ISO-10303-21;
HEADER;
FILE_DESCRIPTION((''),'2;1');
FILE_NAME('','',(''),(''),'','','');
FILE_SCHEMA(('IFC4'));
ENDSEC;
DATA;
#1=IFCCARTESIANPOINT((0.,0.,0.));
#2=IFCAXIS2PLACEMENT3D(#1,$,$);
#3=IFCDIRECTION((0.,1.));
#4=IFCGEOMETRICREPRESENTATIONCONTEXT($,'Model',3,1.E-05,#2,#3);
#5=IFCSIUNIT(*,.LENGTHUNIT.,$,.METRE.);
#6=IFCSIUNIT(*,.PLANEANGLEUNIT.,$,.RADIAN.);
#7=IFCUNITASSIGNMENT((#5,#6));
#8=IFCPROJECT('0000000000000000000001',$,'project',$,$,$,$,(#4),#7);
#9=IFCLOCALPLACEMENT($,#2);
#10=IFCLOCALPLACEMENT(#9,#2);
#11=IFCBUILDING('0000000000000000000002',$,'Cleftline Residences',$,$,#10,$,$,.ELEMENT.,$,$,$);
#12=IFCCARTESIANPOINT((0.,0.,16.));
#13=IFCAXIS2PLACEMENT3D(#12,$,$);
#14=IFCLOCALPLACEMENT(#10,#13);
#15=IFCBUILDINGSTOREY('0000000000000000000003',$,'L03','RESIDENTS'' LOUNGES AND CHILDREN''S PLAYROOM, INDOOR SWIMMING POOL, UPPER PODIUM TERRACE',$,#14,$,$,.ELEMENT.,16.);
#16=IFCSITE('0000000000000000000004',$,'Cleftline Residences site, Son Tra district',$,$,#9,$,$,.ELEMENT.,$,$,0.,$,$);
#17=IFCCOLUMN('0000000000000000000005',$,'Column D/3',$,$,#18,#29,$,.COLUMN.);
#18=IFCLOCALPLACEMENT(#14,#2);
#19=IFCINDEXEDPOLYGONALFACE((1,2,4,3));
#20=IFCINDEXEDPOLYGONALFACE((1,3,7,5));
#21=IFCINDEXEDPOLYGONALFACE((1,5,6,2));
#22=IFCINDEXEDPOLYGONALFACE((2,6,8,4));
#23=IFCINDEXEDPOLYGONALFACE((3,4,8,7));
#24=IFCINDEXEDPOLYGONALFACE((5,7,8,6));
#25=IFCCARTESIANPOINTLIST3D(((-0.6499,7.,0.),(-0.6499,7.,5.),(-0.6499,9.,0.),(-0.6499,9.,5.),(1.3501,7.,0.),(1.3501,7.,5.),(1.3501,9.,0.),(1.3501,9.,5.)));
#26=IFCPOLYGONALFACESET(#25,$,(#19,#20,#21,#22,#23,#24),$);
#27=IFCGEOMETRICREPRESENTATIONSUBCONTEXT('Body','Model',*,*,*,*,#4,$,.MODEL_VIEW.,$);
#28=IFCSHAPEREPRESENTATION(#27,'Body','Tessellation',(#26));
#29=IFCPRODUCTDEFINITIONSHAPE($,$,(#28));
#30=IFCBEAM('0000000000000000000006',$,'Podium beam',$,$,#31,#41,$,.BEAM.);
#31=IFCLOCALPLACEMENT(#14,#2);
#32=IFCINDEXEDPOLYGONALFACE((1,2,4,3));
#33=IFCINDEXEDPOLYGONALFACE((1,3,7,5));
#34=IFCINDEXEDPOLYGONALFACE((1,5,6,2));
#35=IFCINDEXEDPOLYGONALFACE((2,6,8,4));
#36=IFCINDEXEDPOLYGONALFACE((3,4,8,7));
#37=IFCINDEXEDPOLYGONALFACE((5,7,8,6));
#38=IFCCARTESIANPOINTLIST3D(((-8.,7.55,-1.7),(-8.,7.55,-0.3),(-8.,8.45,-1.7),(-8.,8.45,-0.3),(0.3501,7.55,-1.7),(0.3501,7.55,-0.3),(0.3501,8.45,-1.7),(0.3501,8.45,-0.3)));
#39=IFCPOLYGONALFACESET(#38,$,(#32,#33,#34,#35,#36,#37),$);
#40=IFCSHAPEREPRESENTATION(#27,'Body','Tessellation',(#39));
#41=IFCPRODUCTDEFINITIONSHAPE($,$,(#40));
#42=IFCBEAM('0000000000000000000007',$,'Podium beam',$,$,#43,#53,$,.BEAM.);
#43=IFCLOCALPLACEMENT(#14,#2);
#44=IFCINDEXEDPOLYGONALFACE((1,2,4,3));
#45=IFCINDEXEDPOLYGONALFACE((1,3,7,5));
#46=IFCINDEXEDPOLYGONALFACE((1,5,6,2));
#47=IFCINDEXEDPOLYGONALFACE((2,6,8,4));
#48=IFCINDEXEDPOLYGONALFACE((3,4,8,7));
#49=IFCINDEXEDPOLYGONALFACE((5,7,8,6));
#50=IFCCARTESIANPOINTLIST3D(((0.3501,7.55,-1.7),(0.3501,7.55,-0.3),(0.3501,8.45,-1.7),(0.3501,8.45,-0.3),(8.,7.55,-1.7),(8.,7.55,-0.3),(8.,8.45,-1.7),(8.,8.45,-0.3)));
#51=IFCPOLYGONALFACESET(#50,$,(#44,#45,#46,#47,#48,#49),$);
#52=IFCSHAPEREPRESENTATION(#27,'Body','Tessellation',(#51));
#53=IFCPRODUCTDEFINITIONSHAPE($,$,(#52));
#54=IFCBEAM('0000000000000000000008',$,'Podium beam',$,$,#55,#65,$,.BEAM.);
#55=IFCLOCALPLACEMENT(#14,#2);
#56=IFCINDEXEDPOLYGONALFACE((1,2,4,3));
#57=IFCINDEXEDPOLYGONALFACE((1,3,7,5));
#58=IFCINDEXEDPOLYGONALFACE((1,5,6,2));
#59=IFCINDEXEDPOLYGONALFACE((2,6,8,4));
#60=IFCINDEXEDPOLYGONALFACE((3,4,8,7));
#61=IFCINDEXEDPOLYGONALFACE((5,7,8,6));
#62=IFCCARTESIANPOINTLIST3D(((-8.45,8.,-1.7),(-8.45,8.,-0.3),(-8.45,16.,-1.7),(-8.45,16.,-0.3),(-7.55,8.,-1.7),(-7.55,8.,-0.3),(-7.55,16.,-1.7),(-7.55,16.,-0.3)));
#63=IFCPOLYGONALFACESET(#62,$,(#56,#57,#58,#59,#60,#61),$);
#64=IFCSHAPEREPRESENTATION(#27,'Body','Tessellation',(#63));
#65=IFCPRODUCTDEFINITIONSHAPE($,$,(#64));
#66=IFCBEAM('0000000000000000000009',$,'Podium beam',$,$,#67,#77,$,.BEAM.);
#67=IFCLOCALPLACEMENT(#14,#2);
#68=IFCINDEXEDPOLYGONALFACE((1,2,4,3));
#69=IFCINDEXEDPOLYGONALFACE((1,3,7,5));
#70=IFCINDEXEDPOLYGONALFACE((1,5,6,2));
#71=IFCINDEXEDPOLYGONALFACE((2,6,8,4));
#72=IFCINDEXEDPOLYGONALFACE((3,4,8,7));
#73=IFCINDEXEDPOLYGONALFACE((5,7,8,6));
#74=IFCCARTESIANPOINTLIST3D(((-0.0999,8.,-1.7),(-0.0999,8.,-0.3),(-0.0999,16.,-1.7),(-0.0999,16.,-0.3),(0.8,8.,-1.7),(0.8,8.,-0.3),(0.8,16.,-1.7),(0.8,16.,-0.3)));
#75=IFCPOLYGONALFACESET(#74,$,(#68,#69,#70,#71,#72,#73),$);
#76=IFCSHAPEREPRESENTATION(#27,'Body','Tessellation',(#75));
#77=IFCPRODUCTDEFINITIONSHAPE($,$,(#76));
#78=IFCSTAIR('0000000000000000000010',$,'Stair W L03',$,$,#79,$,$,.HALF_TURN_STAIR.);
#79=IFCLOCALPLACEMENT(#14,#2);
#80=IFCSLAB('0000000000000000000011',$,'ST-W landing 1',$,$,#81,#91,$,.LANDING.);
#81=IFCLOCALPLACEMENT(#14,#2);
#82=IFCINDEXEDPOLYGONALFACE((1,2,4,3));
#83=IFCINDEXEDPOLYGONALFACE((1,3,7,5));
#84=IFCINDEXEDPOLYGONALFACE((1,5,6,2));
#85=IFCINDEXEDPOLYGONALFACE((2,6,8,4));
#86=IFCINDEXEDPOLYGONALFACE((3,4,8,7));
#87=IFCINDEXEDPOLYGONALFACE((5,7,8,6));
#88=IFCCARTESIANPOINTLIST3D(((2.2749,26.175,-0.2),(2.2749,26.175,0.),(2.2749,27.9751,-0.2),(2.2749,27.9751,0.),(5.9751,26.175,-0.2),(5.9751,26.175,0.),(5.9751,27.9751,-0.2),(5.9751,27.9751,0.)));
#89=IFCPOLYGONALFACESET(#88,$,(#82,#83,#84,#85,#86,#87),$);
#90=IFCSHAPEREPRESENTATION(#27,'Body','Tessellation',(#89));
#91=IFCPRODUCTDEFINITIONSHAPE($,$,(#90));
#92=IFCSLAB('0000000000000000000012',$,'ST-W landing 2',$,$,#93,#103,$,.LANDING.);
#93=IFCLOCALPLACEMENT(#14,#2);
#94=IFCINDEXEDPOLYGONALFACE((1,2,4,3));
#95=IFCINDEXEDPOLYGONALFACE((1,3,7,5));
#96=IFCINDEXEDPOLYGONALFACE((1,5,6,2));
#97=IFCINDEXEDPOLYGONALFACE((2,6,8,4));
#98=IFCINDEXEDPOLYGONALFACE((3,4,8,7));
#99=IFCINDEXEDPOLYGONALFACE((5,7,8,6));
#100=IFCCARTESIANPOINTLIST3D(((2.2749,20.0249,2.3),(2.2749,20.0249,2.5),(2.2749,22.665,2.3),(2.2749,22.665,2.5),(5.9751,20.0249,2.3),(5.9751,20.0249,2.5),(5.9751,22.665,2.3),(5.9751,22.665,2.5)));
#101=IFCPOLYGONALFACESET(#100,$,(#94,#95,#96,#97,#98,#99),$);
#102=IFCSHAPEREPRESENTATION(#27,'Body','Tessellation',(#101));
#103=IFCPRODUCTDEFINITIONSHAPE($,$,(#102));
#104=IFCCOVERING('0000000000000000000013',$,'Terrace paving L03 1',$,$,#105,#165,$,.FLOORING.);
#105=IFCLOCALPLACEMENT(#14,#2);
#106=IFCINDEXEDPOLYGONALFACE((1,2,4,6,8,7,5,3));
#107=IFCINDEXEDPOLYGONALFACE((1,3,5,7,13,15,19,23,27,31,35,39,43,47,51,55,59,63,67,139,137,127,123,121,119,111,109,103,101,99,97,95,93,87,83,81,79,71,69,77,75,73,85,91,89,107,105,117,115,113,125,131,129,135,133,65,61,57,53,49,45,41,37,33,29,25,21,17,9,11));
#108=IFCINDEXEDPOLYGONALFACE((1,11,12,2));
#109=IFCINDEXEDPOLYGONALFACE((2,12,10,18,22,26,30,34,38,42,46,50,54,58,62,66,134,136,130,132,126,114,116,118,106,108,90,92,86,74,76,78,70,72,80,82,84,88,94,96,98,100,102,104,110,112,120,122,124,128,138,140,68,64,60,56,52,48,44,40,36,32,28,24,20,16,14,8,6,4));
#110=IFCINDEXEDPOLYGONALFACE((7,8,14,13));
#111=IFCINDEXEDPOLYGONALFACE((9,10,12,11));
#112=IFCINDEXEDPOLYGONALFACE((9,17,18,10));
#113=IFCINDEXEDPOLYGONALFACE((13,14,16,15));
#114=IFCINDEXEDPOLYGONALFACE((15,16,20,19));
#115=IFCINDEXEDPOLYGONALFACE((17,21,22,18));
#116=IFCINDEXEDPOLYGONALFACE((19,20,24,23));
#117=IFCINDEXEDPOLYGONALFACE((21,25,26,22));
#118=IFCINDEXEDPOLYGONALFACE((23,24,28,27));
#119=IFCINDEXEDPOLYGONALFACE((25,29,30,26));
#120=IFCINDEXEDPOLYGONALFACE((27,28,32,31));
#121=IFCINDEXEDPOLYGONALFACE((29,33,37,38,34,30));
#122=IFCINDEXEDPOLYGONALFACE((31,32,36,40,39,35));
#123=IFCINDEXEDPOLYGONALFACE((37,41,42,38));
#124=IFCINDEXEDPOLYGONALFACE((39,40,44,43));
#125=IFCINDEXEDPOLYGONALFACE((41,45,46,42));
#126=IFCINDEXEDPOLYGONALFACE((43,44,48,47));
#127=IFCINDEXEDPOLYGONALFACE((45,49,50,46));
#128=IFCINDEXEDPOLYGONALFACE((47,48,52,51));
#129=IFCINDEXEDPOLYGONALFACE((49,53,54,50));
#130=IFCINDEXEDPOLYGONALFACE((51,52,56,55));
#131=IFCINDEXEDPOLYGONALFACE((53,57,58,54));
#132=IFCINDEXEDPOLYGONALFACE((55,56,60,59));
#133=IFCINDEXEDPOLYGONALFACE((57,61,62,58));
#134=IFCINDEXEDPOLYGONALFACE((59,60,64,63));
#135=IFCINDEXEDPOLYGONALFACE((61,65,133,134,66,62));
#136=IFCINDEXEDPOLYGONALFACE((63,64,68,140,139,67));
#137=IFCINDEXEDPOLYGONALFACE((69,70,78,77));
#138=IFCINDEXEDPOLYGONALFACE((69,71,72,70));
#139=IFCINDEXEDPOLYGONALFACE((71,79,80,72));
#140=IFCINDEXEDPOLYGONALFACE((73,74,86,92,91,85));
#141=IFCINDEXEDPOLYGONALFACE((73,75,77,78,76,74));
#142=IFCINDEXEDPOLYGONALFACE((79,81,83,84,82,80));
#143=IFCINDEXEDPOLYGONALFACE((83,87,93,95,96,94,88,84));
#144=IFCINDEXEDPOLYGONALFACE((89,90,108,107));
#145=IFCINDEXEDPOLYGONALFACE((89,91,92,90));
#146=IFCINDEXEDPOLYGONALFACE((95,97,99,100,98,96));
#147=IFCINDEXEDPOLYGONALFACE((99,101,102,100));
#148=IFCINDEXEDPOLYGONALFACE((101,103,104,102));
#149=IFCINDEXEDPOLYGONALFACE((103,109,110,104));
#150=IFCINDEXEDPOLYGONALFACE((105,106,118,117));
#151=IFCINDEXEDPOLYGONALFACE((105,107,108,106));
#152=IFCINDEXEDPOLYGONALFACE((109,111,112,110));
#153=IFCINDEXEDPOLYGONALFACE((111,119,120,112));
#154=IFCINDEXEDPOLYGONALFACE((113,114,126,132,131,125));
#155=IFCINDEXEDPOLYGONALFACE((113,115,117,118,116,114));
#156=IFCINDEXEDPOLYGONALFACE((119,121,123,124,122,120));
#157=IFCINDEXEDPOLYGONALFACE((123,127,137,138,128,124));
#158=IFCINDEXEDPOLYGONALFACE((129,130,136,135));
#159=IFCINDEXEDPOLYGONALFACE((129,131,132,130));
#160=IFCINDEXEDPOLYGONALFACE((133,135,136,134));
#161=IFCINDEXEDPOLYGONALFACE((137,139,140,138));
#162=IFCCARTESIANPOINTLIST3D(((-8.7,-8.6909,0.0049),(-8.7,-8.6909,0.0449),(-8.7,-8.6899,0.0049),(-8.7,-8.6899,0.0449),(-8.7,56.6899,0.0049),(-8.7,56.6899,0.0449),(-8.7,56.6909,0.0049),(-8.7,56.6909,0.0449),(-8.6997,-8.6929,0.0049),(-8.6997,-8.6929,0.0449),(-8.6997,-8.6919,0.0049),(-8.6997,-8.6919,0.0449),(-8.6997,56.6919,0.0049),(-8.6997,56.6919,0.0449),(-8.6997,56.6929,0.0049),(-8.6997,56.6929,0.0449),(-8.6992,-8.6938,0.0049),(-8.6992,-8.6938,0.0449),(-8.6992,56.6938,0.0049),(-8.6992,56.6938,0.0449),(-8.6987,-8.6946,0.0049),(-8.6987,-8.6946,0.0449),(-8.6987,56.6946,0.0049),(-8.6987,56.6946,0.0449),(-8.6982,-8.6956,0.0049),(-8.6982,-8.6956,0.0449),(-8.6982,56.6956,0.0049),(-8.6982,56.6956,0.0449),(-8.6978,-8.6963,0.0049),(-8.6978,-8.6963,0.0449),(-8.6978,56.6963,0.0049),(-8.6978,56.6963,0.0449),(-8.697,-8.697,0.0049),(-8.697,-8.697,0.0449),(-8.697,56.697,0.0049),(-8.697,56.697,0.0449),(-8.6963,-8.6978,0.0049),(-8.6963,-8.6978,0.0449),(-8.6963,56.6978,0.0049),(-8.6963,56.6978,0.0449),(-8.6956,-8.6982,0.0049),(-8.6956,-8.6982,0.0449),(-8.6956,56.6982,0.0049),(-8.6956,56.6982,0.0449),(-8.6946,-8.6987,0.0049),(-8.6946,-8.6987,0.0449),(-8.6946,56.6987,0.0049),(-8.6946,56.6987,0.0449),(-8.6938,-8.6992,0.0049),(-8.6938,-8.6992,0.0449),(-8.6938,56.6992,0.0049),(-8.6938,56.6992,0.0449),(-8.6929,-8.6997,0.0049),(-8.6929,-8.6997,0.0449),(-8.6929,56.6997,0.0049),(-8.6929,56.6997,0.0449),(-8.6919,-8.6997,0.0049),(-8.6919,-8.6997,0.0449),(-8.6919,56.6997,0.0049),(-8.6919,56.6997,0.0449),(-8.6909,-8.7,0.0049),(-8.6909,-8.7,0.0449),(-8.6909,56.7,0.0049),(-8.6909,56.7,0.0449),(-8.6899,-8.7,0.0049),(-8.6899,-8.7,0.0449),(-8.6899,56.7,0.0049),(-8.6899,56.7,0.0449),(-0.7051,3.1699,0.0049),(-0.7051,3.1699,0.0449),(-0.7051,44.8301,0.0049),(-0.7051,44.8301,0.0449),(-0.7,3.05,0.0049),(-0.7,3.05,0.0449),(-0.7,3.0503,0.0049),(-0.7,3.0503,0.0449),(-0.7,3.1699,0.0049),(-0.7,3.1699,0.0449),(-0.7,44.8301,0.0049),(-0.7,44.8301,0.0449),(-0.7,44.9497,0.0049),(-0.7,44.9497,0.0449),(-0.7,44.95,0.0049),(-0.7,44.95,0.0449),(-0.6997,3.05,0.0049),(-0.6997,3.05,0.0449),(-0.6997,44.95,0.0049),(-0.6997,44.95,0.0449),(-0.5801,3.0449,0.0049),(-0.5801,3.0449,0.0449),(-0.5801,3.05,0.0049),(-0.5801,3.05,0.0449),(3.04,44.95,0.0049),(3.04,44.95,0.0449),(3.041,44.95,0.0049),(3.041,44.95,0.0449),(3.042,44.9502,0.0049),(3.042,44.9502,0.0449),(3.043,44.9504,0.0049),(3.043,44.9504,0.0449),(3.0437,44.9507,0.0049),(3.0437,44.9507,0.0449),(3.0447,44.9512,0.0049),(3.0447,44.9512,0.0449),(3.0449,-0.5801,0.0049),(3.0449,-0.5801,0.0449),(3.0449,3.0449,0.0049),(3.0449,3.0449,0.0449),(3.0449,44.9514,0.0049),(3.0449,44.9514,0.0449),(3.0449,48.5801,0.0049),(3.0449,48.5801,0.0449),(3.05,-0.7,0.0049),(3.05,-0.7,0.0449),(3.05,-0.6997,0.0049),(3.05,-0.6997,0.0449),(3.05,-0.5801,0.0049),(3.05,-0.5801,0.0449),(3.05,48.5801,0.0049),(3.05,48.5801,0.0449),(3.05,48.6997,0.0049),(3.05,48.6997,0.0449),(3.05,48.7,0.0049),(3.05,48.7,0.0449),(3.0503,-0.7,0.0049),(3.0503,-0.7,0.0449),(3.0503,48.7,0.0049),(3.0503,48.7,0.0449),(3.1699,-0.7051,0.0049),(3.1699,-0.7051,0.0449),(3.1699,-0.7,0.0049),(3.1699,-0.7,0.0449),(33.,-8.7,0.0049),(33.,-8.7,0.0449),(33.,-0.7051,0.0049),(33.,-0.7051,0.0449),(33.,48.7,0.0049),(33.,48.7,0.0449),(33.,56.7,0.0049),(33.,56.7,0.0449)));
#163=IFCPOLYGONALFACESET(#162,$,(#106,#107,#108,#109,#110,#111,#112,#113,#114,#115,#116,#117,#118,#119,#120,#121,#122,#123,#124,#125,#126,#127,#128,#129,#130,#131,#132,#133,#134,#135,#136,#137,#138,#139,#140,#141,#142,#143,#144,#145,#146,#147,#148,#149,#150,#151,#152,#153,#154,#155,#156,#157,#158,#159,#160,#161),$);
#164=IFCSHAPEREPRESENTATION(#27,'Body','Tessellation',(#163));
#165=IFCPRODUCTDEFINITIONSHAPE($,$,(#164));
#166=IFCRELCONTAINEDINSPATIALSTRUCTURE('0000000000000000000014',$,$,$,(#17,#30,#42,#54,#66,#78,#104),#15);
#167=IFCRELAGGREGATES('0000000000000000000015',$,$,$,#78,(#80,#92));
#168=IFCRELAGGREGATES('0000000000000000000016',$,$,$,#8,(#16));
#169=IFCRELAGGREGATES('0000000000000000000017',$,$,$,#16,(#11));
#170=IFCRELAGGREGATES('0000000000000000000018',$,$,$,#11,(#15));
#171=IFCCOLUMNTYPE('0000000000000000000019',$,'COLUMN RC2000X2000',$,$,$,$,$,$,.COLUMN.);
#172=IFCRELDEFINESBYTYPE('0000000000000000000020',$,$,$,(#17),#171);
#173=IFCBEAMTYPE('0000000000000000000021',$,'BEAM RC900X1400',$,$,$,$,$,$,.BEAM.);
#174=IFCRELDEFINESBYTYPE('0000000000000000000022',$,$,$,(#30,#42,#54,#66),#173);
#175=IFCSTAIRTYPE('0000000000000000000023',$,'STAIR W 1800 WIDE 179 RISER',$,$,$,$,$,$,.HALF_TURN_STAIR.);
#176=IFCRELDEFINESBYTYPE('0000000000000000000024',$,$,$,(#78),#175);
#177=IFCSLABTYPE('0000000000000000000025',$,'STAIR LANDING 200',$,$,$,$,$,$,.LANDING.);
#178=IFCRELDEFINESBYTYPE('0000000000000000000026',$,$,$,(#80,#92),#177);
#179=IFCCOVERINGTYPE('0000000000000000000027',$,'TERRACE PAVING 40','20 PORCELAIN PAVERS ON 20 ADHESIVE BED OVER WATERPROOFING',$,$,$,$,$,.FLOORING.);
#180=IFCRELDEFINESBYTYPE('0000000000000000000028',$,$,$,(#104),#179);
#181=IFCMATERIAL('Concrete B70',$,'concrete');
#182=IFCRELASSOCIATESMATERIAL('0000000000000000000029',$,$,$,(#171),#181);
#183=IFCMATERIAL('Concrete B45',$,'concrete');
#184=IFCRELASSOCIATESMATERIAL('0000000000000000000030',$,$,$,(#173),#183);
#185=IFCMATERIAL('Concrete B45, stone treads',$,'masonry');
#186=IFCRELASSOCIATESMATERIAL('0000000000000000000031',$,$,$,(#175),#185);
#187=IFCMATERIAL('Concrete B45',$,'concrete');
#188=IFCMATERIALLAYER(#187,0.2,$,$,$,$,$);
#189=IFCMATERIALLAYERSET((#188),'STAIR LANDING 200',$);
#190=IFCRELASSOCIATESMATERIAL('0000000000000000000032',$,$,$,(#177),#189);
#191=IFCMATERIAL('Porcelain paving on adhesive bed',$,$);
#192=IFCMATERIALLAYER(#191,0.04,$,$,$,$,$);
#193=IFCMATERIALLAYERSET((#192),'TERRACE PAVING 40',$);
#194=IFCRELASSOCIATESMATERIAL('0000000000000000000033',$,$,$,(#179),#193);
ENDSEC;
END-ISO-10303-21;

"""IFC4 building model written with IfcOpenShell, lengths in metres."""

from ifc_helpers import new_model, si_unit, direction, frame, origin, origin_2d, place, context, subcontext, project, spatial, polyline, rectangle, outline, extrude, material, layer, layer_set, material_profile, profile_set, type_object, element, aggregate, save


model = new_model("IFC4")

# Units and contexts
model_context = context("Model", 3, precision=1e-05, world=origin(), true_north=direction((0.0, 1.0)))
body_context = subcontext(model_context, "Body", "Model", "MODEL_VIEW")
ifc_project = project(units=[si_unit("LENGTHUNIT", "METRE"), si_unit("PLANEANGLEUNIT", "RADIAN")], contexts=[model_context])

# Site, building, storey
site_placement = place(None, origin())
site = spatial("IfcSite", under=ifc_project, at=site_placement, Name="Cleftline Residences site, Son Tra district", CompositionType="ELEMENT", RefElevation=0.0)
building_placement = place(site_placement, origin())
building = spatial("IfcBuilding", under=site, at=building_placement, Name="Cleftline Residences", CompositionType="ELEMENT")
storey_placement = place(building_placement, frame((0.0, 0.0, 16.0)))
storey = spatial("IfcBuildingStorey", under=building, at=storey_placement, Name="L03", Description="RESIDENTS' LOUNGES AND CHILDREN'S PLAYROOM, INDOOR SWIMMING POOL, UPPER PODIUM TERRACE", CompositionType="ELEMENT", Elevation=16.0)

# Column
ifc_material_1 = material(Name="Concrete B70", Category="concrete")
ifc_material_profile_1 = material_profile(ifc_material_1, rectangle(XDim=2.0, YDim=2.0, at=origin_2d()))
ifc_profile_set_1 = profile_set([ifc_material_profile_1], Name="Concrete B70")
column_type = type_object("IfcColumnType", Name="COLUMN RC2000X2000", PredefinedType="COLUMN", material=ifc_profile_set_1)
column_placement = place(storey_placement, frame((0.3501, 8.0, 0.0), z_axis=(0.0, 0.0, 1.0), x_axis=(1.0, 0.0, 0.0)))
element("IfcColumn", 1, at=column_placement, inside=storey, type_object=column_type, Name="Column D/3", PredefinedType="COLUMN", context=body_context, shape_type="SweptSolid", body=[
    extrude(rectangle(XDim=2.0, YDim=2.0, at=origin_2d()), origin(), (0.0, 0.0, 1.0), 5.0),
])

# Beams
ifc_material_2 = material(Name="Concrete B45", Category="concrete")
ifc_material_profile_2 = material_profile(ifc_material_2, rectangle(XDim=0.8999, YDim=1.3999, at=origin_2d()))
ifc_profile_set_2 = profile_set([ifc_material_profile_2], Name="Concrete B45")
beam_type = type_object("IfcBeamType", Name="BEAM RC900X1400", PredefinedType="BEAM", material=ifc_profile_set_2)
beam_1_placement = place(storey_placement, frame((-8.0, 8.0, -1.0), z_axis=(1.0, 0.0, 0.0), x_axis=(0.0, 1.0, 0.0)))
element("IfcBeam", 2, at=beam_1_placement, inside=storey, type_object=beam_type, Name="Podium beam", PredefinedType="BEAM", context=body_context, shape_type="SweptSolid", body=[
    extrude(rectangle(XDim=0.8999, YDim=1.3999, at=origin_2d()), origin(), (0.0, 0.0, 1.0), 8.3501),
])
beam_2_placement = place(storey_placement, frame((0.3501, 8.0, -1.0), z_axis=(1.0, 0.0, 0.0), x_axis=(0.0, 1.0, 0.0)))
element("IfcBeam", 3, at=beam_2_placement, inside=storey, type_object=beam_type, Name="Podium beam", PredefinedType="BEAM", context=body_context, shape_type="SweptSolid", body=[
    extrude(rectangle(XDim=0.8999, YDim=1.3999, at=origin_2d()), origin(), (0.0, 0.0, 1.0), 7.6499),
])
for number, where, z_axis, x_axis, name in (
    (4, (-8.0, 8.0, -1.0), (0.0, 1.0, 0.0), (-1.0, 0.0, 0.0), "Podium beam"),
    (5, (0.3501, 8.0, -1.0), (0.0, 1.0, 0.0), (-1.0, 0.0, 0.0), "Podium beam"),
):
    element("IfcBeam", number, at=place(storey_placement, frame(where, z_axis=z_axis, x_axis=x_axis)), inside=storey, type_object=beam_type, Name=name, PredefinedType="BEAM", context=body_context, shape_type="SweptSolid", body=[
        extrude(rectangle(XDim=0.8999, YDim=1.3999, at=origin_2d()), origin(), (0.0, 0.0, 1.0), 8.0),
    ])

# Stair, slabs
ifc_material_3 = material(Name="Concrete B45, stone treads", Category="masonry")
stair_type = type_object("IfcStairType", Name="STAIR W 1800 WIDE 179 RISER", PredefinedType="HALF_TURN_STAIR", material=ifc_material_3)
stair_placement = place(storey_placement, origin())
stair = element("IfcStair", 6, at=stair_placement, inside=storey, type_object=stair_type, Name="Stair W L03", PredefinedType="HALF_TURN_STAIR")
ifc_material_4 = material(Name="Concrete B45", Category="concrete")
ifc_layer_1 = layer(ifc_material_4, 0.2)
ifc_layer_set_1 = layer_set([ifc_layer_1], Name="STAIR LANDING 200")
slab_type = type_object("IfcSlabType", Name="STAIR LANDING 200", PredefinedType="LANDING", material=ifc_layer_set_1)
slab_1_placement = place(storey_placement, frame((0.0, 0.0, -0.2)))
slab_1 = element("IfcSlab", 7, at=slab_1_placement, type_object=slab_type, Name="ST-W landing 1", PredefinedType="LANDING", context=body_context, shape_type="SweptSolid", body=[
    extrude(outline(polyline([(2.2749, 26.175), (5.9751, 26.175), (5.9751, 27.9751), (2.2749, 27.9751), (2.2749, 26.175)])), origin(), (0.0, 0.0, 1.0), 0.2),
])
slab_2_placement = place(storey_placement, frame((0.0, 0.0, 2.3)))
slab_2 = element("IfcSlab", 8, at=slab_2_placement, type_object=slab_type, Name="ST-W landing 2", PredefinedType="LANDING", context=body_context, shape_type="SweptSolid", body=[
    extrude(outline(polyline([(2.2749, 20.0249), (5.9751, 20.0249), (5.9751, 22.665), (2.2749, 22.665), (2.2749, 20.0249)])), origin(), (0.0, 0.0, 1.0), 0.2),
])
aggregate(stair, [slab_1, slab_2])

# Covering
ifc_material_5 = material(Name="Porcelain paving on adhesive bed")
ifc_layer_2 = layer(ifc_material_5, 0.04)
ifc_layer_set_2 = layer_set([ifc_layer_2], Name="TERRACE PAVING 40")
covering_type_1 = type_object("IfcCoveringType", Name="TERRACE PAVING 40", Description="20 PORCELAIN PAVERS ON 20 ADHESIVE BED OVER WATERPROOFING", PredefinedType="FLOORING", material=ifc_layer_set_2)
covering_1_placement = place(storey_placement, frame((0.0, 0.0, 0.0049)))
element("IfcCovering", 9, at=covering_1_placement, inside=storey, type_object=covering_type_1, Name="Terrace paving L03 1", PredefinedType="FLOORING", context=body_context, shape_type="SweptSolid", body=[
    extrude(outline(polyline([(-8.6899, -8.7), (33.0, -8.7), (33.0, -0.7051), (3.1699, -0.7051), (3.1699, -0.7), (3.0503, -0.7), (3.05, -0.7), (3.05, -0.6997), (3.05, -0.5801), (3.0449, -0.5801), (3.0449, 3.0449), (-0.5801, 3.0449), (-0.5801, 3.05), (-0.6997, 3.05), (-0.7, 3.05), (-0.7, 3.0503), (-0.7, 3.1699), (-0.7051, 3.1699), (-0.7051, 44.8301), (-0.7, 44.8301), (-0.7, 44.9497), (-0.7, 44.95), (-0.6997, 44.95), (3.04, 44.95), (3.041, 44.95), (3.042, 44.9502), (3.043, 44.9504), (3.0437, 44.9507), (3.0447, 44.9512), (3.0449, 44.9514), (3.0449, 48.5801), (3.05, 48.5801), (3.05, 48.6997), (3.05, 48.7), (3.0503, 48.7), (33.0, 48.7), (33.0, 56.7), (-8.6899, 56.7), (-8.6909, 56.7), (-8.6919, 56.6997), (-8.6929, 56.6997), (-8.6938, 56.6992), (-8.6946, 56.6987), (-8.6956, 56.6982), (-8.6963, 56.6978), (-8.697, 56.697), (-8.6978, 56.6963), (-8.6982, 56.6956), (-8.6987, 56.6946), (-8.6992, 56.6938), (-8.6997, 56.6929), (-8.6997, 56.6919), (-8.7, 56.6909), (-8.7, 56.6899), (-8.7, -8.6899), (-8.7, -8.6909), (-8.6997, -8.6919), (-8.6997, -8.6929), (-8.6992, -8.6938), (-8.6987, -8.6946), (-8.6982, -8.6956), (-8.6978, -8.6963), (-8.697, -8.697), (-8.6963, -8.6978), (-8.6956, -8.6982), (-8.6946, -8.6987), (-8.6938, -8.6992), (-8.6929, -8.6997), (-8.6919, -8.6997), (-8.6909, -8.7), (-8.6899, -8.7)])), origin(), (0.0, 0.0, 1.0), 0.04),
])

save(model, "model.ifc")
